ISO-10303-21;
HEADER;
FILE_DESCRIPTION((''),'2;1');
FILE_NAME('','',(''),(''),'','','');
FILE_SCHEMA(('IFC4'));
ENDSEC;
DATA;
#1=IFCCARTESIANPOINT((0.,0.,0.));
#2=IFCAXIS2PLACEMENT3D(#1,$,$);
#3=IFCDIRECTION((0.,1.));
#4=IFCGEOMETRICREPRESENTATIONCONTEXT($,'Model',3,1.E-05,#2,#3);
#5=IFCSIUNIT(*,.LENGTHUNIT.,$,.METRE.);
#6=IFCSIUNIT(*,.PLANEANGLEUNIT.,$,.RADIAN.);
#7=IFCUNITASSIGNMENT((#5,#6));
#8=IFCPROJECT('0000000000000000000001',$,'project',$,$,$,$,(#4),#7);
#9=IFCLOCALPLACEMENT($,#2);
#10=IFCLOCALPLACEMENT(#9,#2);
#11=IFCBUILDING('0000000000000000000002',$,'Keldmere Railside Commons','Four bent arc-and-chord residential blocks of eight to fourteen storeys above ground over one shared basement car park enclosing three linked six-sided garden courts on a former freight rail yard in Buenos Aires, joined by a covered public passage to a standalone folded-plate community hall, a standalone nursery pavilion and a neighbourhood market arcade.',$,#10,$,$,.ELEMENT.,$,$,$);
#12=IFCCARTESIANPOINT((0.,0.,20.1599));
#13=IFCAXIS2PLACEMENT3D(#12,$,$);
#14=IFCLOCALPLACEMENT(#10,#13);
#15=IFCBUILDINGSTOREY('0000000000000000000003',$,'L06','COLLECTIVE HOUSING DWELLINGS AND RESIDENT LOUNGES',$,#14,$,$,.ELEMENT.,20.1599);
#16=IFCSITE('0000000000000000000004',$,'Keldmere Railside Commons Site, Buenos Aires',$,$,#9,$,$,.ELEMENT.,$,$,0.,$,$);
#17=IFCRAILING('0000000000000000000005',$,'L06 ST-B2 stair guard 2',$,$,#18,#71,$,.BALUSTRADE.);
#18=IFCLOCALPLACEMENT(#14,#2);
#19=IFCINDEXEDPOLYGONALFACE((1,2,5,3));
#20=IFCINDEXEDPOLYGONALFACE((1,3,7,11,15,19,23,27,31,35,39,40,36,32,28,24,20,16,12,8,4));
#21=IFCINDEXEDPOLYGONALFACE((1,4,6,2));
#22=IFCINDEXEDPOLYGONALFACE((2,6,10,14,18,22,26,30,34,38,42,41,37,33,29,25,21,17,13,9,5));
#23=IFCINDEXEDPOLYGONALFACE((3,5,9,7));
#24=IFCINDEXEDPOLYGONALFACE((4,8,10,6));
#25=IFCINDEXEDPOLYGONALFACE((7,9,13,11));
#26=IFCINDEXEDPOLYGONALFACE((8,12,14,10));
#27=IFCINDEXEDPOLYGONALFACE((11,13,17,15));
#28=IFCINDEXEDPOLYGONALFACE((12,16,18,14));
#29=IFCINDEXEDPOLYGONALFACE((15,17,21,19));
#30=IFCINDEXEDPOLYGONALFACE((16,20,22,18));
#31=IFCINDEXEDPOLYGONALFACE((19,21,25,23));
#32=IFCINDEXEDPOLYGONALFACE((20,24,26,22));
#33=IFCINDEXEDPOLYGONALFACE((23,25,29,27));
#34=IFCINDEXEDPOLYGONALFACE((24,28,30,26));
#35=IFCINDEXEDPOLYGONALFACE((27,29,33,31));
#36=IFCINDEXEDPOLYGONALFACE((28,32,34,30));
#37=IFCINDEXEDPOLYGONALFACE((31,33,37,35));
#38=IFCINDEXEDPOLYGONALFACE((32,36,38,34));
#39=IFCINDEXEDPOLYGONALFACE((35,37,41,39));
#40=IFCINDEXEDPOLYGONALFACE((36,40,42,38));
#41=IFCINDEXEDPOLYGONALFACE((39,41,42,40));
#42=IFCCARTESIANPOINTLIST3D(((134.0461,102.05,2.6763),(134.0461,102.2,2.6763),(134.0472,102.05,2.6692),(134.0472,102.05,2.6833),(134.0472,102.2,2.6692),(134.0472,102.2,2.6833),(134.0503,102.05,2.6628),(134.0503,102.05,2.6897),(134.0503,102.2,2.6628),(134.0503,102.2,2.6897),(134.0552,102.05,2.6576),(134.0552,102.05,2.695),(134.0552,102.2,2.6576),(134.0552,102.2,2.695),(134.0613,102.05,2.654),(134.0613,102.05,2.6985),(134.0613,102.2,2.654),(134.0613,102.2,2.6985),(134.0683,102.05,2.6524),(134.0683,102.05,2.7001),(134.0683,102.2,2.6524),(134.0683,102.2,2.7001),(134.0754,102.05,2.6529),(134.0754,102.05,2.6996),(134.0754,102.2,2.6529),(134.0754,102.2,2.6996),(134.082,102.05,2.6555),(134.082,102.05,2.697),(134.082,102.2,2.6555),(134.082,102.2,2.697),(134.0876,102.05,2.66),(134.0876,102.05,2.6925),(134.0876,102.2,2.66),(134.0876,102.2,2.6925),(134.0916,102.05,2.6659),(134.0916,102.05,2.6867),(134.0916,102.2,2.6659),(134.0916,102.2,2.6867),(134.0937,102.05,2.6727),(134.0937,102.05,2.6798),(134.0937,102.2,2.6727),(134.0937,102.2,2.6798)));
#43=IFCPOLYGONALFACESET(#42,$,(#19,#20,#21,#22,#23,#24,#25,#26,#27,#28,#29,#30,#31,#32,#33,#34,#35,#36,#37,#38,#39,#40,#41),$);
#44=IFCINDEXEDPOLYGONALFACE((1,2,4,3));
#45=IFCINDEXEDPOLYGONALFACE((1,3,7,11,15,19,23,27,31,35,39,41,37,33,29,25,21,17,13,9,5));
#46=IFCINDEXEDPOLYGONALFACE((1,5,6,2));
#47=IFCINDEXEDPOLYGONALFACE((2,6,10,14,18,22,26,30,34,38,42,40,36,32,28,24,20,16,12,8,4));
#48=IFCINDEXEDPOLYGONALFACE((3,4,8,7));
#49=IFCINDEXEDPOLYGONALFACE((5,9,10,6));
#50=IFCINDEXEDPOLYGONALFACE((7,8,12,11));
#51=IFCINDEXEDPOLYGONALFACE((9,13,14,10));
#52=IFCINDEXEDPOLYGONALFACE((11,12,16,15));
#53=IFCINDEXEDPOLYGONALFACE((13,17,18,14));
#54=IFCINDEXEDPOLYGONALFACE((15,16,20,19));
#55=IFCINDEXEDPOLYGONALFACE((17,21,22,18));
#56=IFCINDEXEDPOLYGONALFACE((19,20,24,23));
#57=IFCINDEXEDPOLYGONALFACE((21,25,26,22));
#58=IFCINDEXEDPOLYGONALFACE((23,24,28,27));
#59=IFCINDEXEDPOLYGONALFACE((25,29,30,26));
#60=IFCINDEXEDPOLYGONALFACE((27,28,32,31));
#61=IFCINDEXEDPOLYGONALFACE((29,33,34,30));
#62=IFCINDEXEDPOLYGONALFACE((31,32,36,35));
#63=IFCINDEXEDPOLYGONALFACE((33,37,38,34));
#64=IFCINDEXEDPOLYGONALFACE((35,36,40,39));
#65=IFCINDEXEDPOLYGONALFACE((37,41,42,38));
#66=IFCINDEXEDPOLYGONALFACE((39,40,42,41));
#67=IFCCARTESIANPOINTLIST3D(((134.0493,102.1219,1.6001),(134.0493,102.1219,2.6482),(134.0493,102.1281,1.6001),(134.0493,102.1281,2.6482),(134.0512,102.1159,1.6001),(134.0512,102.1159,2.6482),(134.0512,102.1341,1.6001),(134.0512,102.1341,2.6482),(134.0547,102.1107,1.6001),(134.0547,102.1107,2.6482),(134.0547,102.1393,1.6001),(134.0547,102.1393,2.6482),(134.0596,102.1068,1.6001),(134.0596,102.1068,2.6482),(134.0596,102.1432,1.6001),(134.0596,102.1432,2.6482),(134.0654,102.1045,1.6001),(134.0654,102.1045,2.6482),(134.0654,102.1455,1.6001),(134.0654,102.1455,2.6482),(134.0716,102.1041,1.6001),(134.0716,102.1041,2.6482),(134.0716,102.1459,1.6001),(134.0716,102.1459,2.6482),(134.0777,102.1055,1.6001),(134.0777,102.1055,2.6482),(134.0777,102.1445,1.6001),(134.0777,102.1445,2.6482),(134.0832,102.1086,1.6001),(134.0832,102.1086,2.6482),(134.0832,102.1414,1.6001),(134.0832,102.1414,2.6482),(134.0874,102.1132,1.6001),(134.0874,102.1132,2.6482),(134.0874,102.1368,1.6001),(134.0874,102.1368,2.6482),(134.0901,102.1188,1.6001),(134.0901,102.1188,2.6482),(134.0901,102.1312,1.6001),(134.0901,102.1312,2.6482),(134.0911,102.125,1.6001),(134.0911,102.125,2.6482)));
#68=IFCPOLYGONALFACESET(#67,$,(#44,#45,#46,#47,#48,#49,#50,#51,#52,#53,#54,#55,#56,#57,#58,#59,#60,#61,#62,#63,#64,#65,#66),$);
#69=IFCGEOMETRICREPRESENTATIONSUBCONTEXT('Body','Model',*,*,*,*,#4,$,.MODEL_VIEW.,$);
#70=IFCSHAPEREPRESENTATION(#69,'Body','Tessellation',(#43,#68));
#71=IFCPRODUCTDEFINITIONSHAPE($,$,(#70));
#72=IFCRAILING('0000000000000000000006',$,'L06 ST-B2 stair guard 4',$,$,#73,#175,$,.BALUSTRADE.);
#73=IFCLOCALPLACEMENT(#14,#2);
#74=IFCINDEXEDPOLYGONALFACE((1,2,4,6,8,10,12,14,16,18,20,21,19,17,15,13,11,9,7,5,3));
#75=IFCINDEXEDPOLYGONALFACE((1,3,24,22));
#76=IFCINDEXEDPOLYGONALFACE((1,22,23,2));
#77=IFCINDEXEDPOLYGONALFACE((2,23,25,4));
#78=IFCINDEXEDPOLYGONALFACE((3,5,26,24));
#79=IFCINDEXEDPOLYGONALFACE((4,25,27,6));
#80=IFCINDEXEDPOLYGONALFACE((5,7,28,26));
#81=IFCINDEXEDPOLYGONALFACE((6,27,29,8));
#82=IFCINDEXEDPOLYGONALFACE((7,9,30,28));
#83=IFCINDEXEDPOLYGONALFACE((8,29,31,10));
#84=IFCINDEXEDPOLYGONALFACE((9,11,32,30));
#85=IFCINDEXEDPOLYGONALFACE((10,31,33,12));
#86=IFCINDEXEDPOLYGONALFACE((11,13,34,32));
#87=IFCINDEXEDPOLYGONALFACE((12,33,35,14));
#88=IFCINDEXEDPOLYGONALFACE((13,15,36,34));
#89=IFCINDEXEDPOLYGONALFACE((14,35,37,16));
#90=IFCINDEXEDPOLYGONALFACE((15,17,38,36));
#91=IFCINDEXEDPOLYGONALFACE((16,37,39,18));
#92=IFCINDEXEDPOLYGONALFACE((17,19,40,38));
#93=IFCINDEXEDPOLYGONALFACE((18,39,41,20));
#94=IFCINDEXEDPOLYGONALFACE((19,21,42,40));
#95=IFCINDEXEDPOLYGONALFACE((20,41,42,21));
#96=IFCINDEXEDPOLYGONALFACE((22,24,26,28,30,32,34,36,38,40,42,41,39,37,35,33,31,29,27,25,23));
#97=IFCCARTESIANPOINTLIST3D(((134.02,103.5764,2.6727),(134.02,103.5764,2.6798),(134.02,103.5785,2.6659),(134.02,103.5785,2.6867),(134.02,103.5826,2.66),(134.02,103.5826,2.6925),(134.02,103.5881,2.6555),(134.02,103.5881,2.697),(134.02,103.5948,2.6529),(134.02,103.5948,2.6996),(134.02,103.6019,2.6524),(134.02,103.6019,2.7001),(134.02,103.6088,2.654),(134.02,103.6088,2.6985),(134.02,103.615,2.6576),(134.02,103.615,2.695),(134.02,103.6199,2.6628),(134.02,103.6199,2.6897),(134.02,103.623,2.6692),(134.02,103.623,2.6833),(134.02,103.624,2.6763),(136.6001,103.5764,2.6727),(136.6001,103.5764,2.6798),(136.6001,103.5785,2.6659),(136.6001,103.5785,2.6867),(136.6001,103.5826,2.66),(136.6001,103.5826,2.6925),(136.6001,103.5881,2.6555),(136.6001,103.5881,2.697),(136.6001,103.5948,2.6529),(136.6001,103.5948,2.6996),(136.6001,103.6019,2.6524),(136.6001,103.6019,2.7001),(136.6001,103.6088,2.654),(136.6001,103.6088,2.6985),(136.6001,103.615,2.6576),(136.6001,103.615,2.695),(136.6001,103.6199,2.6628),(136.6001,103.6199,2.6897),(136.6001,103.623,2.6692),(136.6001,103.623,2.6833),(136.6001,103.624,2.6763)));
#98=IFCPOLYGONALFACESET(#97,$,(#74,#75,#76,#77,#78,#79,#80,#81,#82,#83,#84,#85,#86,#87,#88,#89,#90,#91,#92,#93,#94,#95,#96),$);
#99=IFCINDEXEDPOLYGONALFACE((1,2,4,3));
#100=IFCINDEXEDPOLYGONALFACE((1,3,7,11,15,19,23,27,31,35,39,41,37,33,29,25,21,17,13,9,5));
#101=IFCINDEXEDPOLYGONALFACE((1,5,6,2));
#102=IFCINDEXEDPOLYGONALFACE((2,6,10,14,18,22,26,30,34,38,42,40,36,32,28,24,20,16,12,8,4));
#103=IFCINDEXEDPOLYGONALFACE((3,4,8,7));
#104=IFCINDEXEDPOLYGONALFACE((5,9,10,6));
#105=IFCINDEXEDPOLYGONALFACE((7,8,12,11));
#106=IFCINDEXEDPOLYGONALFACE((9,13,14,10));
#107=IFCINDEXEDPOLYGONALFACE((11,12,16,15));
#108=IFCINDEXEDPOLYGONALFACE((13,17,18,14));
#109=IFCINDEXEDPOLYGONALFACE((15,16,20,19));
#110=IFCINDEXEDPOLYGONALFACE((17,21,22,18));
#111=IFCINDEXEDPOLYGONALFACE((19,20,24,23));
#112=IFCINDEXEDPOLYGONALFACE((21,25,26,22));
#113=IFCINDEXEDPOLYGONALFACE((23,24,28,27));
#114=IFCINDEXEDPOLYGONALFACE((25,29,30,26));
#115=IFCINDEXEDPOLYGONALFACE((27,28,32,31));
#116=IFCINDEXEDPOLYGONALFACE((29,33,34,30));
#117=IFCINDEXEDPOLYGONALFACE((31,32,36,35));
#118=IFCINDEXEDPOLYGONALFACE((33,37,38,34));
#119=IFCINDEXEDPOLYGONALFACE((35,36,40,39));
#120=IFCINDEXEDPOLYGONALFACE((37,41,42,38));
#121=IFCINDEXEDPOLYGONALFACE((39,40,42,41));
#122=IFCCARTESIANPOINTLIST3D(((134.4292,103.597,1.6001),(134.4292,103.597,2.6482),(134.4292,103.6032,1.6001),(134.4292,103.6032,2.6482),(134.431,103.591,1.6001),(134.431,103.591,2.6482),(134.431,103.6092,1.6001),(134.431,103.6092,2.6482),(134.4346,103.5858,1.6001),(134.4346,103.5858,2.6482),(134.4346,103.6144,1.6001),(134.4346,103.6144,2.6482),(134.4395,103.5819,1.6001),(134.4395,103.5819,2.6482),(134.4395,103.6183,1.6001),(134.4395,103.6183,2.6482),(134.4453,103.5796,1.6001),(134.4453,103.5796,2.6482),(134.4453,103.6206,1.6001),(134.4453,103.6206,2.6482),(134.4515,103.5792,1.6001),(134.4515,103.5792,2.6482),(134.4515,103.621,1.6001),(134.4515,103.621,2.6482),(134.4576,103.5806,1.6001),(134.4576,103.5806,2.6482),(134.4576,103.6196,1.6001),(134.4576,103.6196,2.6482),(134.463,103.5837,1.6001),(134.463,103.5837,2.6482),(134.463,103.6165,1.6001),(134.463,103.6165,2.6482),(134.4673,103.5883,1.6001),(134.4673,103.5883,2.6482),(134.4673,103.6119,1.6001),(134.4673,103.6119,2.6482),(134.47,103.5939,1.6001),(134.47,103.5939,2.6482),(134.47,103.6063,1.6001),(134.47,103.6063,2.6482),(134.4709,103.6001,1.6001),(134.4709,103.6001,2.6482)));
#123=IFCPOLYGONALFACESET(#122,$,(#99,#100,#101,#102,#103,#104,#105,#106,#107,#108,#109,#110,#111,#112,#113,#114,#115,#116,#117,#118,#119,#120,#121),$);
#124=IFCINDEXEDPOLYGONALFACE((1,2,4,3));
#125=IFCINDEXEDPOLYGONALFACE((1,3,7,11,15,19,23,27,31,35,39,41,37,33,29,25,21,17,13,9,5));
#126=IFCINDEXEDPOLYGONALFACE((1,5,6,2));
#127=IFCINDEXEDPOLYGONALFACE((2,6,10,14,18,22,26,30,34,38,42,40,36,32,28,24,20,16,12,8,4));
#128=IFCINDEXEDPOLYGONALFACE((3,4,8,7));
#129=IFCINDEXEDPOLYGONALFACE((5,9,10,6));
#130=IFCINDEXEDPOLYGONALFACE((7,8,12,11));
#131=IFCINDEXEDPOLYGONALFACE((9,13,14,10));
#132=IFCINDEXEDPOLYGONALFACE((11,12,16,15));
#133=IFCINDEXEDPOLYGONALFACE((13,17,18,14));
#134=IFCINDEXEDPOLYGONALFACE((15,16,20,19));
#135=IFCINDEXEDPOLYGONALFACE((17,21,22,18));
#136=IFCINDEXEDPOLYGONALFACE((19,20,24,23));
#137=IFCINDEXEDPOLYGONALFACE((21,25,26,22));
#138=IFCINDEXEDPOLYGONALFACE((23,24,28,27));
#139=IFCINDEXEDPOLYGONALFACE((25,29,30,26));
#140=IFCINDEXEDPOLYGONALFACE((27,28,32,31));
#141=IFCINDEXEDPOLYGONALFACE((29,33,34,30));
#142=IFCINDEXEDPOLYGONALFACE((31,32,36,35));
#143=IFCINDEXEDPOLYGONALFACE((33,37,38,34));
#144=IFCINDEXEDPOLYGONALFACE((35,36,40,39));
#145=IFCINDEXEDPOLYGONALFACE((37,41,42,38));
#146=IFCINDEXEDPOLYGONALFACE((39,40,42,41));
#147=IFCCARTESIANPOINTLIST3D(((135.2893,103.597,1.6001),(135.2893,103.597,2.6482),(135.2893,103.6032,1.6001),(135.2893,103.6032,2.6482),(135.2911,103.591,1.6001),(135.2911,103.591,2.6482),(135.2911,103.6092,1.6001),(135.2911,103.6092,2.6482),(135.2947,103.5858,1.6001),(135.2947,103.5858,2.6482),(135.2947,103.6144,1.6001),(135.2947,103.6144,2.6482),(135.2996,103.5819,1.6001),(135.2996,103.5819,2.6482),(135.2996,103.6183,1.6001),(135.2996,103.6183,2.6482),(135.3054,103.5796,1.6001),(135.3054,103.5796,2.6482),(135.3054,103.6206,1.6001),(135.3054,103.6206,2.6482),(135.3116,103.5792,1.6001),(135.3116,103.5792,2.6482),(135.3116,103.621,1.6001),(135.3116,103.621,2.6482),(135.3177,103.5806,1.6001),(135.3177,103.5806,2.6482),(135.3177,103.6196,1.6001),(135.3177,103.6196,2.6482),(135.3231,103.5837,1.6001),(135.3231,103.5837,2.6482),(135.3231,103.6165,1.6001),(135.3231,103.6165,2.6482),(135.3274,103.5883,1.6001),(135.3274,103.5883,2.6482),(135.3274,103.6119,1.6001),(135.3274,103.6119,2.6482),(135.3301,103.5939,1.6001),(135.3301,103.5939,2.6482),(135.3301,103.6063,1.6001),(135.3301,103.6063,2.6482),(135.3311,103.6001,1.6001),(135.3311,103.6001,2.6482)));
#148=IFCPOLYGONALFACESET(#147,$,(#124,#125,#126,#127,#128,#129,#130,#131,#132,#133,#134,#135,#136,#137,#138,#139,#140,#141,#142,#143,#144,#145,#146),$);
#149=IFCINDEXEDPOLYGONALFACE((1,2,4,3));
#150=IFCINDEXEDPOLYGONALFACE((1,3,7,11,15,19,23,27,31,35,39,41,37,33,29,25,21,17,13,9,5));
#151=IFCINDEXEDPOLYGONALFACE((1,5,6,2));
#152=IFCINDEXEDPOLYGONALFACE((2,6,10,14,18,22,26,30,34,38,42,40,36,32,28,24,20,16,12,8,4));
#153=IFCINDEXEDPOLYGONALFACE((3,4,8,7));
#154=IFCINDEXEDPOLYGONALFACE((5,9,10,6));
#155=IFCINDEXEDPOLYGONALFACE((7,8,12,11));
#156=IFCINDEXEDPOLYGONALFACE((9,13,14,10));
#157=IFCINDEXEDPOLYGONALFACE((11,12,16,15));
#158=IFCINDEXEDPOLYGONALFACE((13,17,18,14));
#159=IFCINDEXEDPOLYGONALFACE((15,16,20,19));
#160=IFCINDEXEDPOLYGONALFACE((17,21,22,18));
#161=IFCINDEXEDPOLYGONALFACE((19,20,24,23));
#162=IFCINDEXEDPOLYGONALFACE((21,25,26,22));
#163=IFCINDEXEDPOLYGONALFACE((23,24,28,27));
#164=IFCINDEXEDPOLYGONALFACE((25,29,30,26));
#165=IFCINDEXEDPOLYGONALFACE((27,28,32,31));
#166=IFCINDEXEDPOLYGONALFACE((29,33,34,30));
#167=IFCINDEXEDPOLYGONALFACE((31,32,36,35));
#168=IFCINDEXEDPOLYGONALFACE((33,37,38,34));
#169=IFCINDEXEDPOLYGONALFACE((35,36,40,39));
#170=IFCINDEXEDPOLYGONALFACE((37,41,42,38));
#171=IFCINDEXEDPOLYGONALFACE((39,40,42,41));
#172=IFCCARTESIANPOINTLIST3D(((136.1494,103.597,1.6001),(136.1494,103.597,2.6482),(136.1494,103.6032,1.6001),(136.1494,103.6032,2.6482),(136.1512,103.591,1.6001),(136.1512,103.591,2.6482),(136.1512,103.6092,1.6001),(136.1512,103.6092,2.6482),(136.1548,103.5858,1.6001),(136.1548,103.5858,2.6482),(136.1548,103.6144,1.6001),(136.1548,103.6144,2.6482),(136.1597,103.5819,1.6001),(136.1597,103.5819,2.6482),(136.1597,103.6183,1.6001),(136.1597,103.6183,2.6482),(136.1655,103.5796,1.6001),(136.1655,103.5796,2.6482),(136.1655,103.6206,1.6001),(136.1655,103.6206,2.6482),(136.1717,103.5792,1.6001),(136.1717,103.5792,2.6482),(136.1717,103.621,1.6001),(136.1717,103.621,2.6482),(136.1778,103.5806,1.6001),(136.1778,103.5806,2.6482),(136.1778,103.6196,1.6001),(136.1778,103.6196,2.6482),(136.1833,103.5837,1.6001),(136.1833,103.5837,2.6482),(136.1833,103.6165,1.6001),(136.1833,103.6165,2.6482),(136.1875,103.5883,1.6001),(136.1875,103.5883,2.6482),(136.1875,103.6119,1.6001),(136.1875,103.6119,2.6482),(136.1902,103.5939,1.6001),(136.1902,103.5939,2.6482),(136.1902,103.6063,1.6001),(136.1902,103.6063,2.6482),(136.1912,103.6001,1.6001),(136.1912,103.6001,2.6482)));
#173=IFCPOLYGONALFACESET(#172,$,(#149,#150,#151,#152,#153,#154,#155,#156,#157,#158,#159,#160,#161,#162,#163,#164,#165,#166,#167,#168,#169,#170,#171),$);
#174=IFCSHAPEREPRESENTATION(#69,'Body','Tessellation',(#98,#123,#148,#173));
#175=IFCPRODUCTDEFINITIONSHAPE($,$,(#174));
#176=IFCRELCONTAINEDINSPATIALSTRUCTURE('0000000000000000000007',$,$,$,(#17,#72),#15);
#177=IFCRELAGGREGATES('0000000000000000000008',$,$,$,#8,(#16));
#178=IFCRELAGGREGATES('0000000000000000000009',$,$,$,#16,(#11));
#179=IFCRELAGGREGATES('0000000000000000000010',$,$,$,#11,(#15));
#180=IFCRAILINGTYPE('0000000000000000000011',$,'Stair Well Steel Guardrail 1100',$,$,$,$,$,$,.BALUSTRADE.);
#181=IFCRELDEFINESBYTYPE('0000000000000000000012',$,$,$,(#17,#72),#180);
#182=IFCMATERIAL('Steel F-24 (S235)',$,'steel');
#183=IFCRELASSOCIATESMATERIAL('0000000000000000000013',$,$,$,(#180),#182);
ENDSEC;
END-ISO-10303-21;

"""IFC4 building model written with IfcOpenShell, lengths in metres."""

from ifc_helpers import new_model, si_unit, direction, frame, origin, origin_2d, place, context, subcontext, project, spatial, circle, extrude, material, type_object, element, save


model = new_model("IFC4")

# Units and contexts
model_context = context("Model", 3, precision=1e-05, world=origin(), true_north=direction((0.0, 1.0)))
body_context = subcontext(model_context, "Body", "Model", "MODEL_VIEW")
ifc_project = project(units=[si_unit("LENGTHUNIT", "METRE"), si_unit("PLANEANGLEUNIT", "RADIAN")], contexts=[model_context])

# Site, building, storey
site_placement = place(None, origin())
site = spatial("IfcSite", under=ifc_project, at=site_placement, Name="Keldmere Railside Commons Site, Buenos Aires", CompositionType="ELEMENT", RefElevation=0.0)
building_placement = place(site_placement, origin())
building = spatial("IfcBuilding", under=site, at=building_placement, Name="Keldmere Railside Commons", Description="Four bent arc-and-chord residential blocks of eight to fourteen storeys above ground over one shared basement car park enclosing three linked six-sided garden courts on a former freight rail yard in Buenos Aires, joined by a covered public passage to a standalone folded-plate community hall, a standalone nursery pavilion and a neighbourhood market arcade.", CompositionType="ELEMENT")
storey_placement = place(building_placement, frame((0.0, 0.0, 20.1599)))
storey = spatial("IfcBuildingStorey", under=building, at=storey_placement, Name="L06", Description="COLLECTIVE HOUSING DWELLINGS AND RESIDENT LOUNGES", CompositionType="ELEMENT", Elevation=20.1599)

# Railings
ifc_material_1 = material(Name="Steel F-24 (S235)", Category="steel")
railing_type_1 = type_object("IfcRailingType", Name="Stair Well Steel Guardrail 1100", PredefinedType="BALUSTRADE", material=ifc_material_1)
railing_1_placement = place(storey_placement, frame((134.0701, 102.05, 1.6001)))
element("IfcRailing", 1, at=railing_1_placement, inside=storey, type_object=railing_type_1, Name="L06 ST-B2 stair guard 2", PredefinedType="BALUSTRADE", context=body_context, shape_type="SweptSolid", body=[
    extrude(circle(Radius=0.0239, at=origin_2d()), frame((0.0, 0.0, 1.0762), z_axis=(0.0, 1.0, 0.0), x_axis=(-1.0, 0.0, 0.0)), (0.0, 0.0, 1.0), 0.1499),
    extrude(circle(Radius=0.021, at=origin_2d()), frame((0.0, 0.075, 0.0)), (0.0, 0.0, 1.0), 1.0481),
])
railing_2_placement = place(storey_placement, frame((134.02, 103.6001, 1.6001)))
element("IfcRailing", 2, at=railing_2_placement, inside=storey, type_object=railing_type_1, Name="L06 ST-B2 stair guard 4", PredefinedType="BALUSTRADE", context=body_context, shape_type="SweptSolid", body=[
    extrude(circle(Radius=0.0239, at=origin_2d()), frame((0.0, 0.0, 1.0762), z_axis=(1.0, 0.0, 0.0), x_axis=(0.0, 1.0, 0.0)), (0.0, 0.0, 1.0), 2.5801),
    extrude(circle(Radius=0.021, at=origin_2d()), frame((0.4299, 0.0, 0.0)), (0.0, 0.0, 1.0), 1.0481),
    extrude(circle(Radius=0.021, at=origin_2d()), frame((1.29, 0.0, 0.0)), (0.0, 0.0, 1.0), 1.0481),
    extrude(circle(Radius=0.021, at=origin_2d()), frame((2.1501, 0.0, 0.0)), (0.0, 0.0, 1.0), 1.0481),
])

save(model, "model.ifc")
